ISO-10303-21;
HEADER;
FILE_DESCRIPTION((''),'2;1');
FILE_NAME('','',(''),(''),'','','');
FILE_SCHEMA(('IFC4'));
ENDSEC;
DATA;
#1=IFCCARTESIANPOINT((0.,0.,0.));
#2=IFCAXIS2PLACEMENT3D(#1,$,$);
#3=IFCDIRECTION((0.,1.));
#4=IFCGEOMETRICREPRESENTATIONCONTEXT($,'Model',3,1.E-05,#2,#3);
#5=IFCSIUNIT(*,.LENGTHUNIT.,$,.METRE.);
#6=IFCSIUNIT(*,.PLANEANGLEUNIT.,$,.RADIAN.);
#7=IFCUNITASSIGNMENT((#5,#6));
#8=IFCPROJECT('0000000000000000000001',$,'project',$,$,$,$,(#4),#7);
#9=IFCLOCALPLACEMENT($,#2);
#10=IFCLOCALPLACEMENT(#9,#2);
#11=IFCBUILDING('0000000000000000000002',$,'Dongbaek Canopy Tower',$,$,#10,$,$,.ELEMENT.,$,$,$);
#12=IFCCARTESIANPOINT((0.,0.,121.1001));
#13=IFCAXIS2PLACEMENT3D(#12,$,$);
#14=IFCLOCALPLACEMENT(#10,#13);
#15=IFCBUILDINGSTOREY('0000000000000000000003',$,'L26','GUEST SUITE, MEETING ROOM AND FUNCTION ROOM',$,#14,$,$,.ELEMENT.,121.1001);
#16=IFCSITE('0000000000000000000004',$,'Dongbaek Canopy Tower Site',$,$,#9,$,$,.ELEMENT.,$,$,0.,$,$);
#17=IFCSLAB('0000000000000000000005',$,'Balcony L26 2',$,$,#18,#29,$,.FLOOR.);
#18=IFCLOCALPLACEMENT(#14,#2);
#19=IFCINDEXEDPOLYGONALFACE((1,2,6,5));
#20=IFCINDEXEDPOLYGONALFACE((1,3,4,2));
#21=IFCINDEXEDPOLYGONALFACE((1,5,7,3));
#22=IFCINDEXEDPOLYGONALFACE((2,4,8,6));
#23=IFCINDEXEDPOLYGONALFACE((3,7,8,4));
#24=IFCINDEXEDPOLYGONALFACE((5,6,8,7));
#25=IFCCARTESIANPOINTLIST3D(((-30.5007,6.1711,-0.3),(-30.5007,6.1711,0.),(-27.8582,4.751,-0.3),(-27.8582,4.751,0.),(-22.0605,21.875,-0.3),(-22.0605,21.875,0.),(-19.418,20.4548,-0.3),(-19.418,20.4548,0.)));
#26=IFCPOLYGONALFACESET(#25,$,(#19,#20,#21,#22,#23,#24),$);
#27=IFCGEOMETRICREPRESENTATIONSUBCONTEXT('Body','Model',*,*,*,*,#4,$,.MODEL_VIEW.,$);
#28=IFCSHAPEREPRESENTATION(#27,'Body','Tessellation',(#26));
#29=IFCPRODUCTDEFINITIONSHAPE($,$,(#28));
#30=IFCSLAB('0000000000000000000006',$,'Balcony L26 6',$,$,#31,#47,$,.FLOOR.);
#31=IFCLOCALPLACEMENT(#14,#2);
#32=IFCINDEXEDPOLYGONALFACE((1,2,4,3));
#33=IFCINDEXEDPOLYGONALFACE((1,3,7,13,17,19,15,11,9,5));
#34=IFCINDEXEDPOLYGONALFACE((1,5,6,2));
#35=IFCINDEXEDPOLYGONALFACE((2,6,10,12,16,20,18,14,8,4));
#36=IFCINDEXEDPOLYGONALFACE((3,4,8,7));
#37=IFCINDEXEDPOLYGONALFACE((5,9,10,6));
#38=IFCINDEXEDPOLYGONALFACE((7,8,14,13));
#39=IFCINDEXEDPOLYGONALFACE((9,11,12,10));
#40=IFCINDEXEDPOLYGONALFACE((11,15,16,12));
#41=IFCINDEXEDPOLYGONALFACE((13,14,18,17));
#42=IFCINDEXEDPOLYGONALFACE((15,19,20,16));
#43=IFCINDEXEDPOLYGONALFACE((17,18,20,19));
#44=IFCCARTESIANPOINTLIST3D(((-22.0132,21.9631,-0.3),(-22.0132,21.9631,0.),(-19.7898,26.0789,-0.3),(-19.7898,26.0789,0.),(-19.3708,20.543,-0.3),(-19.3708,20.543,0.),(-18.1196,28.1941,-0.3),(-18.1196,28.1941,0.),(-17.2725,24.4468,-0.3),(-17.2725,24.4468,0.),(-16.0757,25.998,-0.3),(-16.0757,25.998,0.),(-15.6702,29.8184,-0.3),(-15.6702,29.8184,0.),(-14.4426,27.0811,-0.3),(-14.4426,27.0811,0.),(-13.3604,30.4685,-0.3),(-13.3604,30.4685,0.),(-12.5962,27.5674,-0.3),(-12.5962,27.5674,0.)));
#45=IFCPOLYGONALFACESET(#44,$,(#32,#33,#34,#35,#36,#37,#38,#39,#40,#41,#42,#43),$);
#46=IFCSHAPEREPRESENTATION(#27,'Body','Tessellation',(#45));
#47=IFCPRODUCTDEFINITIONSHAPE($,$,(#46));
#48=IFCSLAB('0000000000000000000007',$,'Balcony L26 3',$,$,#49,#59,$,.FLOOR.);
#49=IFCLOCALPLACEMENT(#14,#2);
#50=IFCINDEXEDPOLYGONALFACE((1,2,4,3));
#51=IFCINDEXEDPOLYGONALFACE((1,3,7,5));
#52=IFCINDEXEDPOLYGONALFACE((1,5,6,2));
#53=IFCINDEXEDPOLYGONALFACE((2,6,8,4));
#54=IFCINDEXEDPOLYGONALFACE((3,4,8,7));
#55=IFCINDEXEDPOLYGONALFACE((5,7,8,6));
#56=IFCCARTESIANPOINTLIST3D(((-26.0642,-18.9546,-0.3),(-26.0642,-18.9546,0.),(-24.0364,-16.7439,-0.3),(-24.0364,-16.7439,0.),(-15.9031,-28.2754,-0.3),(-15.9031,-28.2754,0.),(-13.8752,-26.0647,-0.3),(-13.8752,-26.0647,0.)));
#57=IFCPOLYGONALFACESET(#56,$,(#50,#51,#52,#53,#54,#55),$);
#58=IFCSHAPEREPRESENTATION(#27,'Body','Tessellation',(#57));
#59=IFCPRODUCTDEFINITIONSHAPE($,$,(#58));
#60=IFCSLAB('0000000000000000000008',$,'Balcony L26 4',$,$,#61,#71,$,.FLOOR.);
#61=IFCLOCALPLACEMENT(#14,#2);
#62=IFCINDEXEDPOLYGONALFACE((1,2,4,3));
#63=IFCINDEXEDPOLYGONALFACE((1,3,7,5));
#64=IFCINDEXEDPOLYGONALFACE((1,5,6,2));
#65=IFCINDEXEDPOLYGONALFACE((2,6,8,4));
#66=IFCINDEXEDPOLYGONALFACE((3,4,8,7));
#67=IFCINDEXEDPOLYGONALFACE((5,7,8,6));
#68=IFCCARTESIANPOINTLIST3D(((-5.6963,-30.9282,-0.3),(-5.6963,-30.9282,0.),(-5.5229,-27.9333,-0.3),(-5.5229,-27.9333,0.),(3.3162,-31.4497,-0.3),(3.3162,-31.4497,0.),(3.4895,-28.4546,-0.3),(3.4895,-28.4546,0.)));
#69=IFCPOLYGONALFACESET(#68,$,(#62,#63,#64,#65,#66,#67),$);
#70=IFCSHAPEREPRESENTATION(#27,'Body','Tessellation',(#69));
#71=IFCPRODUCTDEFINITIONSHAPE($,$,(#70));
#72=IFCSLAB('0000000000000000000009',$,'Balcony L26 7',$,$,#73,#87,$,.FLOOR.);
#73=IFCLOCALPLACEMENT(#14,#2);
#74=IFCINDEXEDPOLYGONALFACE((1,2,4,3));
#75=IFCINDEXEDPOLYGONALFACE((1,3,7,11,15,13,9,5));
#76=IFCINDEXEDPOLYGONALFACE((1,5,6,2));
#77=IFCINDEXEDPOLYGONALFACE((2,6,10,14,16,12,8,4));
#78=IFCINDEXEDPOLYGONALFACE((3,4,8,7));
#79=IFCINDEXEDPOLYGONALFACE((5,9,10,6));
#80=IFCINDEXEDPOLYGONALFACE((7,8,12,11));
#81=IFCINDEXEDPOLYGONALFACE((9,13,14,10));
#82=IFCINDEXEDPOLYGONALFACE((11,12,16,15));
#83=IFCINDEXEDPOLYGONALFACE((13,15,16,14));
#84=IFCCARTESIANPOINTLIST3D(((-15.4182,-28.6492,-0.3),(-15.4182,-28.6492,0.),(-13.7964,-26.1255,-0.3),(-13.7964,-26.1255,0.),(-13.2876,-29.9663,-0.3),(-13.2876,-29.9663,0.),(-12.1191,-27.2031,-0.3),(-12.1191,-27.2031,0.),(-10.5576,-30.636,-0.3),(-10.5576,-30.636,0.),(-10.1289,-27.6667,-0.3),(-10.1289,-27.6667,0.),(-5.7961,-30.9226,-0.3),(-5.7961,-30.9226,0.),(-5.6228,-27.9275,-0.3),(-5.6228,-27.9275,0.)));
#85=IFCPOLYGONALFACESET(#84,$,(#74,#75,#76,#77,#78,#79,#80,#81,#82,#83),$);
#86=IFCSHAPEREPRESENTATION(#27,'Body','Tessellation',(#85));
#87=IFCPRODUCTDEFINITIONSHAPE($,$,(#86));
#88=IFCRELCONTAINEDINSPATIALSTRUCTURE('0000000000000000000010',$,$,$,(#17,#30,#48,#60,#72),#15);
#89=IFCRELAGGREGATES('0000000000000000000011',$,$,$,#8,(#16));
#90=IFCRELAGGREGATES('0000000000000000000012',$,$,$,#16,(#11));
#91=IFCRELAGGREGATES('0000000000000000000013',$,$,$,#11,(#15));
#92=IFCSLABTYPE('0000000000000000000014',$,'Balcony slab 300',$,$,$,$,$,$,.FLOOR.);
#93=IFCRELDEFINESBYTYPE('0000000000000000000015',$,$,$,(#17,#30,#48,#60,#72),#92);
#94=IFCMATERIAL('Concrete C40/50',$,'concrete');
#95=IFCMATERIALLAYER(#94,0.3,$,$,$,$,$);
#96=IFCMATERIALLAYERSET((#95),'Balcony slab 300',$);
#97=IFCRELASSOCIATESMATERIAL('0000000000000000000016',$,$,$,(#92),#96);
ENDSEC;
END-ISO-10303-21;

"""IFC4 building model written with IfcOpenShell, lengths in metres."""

from ifc_helpers import new_model, si_unit, direction, frame, origin, place, context, subcontext, project, spatial, polyline, outline, extrude, material, layer, layer_set, type_object, element, save


model = new_model("IFC4")

# Units and contexts
model_context = context("Model", 3, precision=1e-05, world=origin(), true_north=direction((0.0, 1.0)))
body_context = subcontext(model_context, "Body", "Model", "MODEL_VIEW")
ifc_project = project(units=[si_unit("LENGTHUNIT", "METRE"), si_unit("PLANEANGLEUNIT", "RADIAN")], contexts=[model_context])

# Site, building, storey
site_placement = place(None, origin())
site = spatial("IfcSite", under=ifc_project, at=site_placement, Name="Dongbaek Canopy Tower Site", CompositionType="ELEMENT", RefElevation=0.0)
building_placement = place(site_placement, origin())
building = spatial("IfcBuilding", under=site, at=building_placement, Name="Dongbaek Canopy Tower", CompositionType="ELEMENT")
storey_placement = place(building_placement, frame((0.0, 0.0, 121.1001)))
storey = spatial("IfcBuildingStorey", under=building, at=storey_placement, Name="L26", Description="GUEST SUITE, MEETING ROOM AND FUNCTION ROOM", CompositionType="ELEMENT", Elevation=121.1001)

# Slabs
ifc_material_1 = material(Name="Concrete C40/50", Category="concrete")
ifc_layer_1 = layer(ifc_material_1, 0.3)
ifc_layer_set_1 = layer_set([ifc_layer_1], Name="Balcony slab 300")
slab_type_1 = type_object("IfcSlabType", Name="Balcony slab 300", PredefinedType="FLOOR", material=ifc_layer_set_1)
slab_1_placement = place(storey_placement, frame((0.0, 0.0, -0.3)))
element("IfcSlab", 1, at=slab_1_placement, inside=storey, type_object=slab_type_1, Name="Balcony L26 2", PredefinedType="FLOOR", context=body_context, shape_type="SweptSolid", body=[
    extrude(outline(polyline([(-19.418, 20.4548), (-27.8582, 4.751), (-30.5007, 6.1711), (-22.0605, 21.875), (-19.418, 20.4548)])), origin(), (0.0, 0.0, 1.0), 0.3),
])
slab_2_placement = place(storey_placement, frame((0.0, 0.0, -0.3)))
element("IfcSlab", 2, at=slab_2_placement, inside=storey, type_object=slab_type_1, Name="Balcony L26 6", PredefinedType="FLOOR", context=body_context, shape_type="SweptSolid", body=[
    extrude(outline(polyline([(-12.5962, 27.5674), (-14.4426, 27.0811), (-16.0757, 25.998), (-17.2725, 24.4468), (-19.3708, 20.543), (-22.0132, 21.9631), (-19.7898, 26.0789), (-18.1196, 28.1941), (-15.6702, 29.8184), (-13.3604, 30.4685), (-12.5962, 27.5674)])), origin(), (0.0, 0.0, 1.0), 0.3),
])
slab_3_placement = place(storey_placement, frame((0.0, 0.0, -0.3)))
element("IfcSlab", 3, at=slab_3_placement, inside=storey, type_object=slab_type_1, Name="Balcony L26 3", PredefinedType="FLOOR", context=body_context, shape_type="SweptSolid", body=[
    extrude(outline(polyline([(-24.0364, -16.7439), (-13.8752, -26.0647), (-15.9031, -28.2754), (-26.0642, -18.9546), (-24.0364, -16.7439)])), origin(), (0.0, 0.0, 1.0), 0.3),
])
slab_4_placement = place(storey_placement, frame((0.0, 0.0, -0.3)))
element("IfcSlab", 4, at=slab_4_placement, inside=storey, type_object=slab_type_1, Name="Balcony L26 4", PredefinedType="FLOOR", context=body_context, shape_type="SweptSolid", body=[
    extrude(outline(polyline([(-5.5229, -27.9333), (3.4895, -28.4546), (3.3162, -31.4497), (-5.6963, -30.9282), (-5.5229, -27.9333)])), origin(), (0.0, 0.0, 1.0), 0.3),
])
slab_5_placement = place(storey_placement, frame((0.0, 0.0, -0.3)))
element("IfcSlab", 5, at=slab_5_placement, inside=storey, type_object=slab_type_1, Name="Balcony L26 7", PredefinedType="FLOOR", context=body_context, shape_type="SweptSolid", body=[
    extrude(outline(polyline([(-13.7964, -26.1255), (-12.1191, -27.2031), (-10.1289, -27.6667), (-5.6228, -27.9275), (-5.7961, -30.9226), (-10.5576, -30.636), (-13.2876, -29.9663), (-15.4182, -28.6492), (-13.7964, -26.1255)])), origin(), (0.0, 0.0, 1.0), 0.3),
])

save(model, "model.ifc")
